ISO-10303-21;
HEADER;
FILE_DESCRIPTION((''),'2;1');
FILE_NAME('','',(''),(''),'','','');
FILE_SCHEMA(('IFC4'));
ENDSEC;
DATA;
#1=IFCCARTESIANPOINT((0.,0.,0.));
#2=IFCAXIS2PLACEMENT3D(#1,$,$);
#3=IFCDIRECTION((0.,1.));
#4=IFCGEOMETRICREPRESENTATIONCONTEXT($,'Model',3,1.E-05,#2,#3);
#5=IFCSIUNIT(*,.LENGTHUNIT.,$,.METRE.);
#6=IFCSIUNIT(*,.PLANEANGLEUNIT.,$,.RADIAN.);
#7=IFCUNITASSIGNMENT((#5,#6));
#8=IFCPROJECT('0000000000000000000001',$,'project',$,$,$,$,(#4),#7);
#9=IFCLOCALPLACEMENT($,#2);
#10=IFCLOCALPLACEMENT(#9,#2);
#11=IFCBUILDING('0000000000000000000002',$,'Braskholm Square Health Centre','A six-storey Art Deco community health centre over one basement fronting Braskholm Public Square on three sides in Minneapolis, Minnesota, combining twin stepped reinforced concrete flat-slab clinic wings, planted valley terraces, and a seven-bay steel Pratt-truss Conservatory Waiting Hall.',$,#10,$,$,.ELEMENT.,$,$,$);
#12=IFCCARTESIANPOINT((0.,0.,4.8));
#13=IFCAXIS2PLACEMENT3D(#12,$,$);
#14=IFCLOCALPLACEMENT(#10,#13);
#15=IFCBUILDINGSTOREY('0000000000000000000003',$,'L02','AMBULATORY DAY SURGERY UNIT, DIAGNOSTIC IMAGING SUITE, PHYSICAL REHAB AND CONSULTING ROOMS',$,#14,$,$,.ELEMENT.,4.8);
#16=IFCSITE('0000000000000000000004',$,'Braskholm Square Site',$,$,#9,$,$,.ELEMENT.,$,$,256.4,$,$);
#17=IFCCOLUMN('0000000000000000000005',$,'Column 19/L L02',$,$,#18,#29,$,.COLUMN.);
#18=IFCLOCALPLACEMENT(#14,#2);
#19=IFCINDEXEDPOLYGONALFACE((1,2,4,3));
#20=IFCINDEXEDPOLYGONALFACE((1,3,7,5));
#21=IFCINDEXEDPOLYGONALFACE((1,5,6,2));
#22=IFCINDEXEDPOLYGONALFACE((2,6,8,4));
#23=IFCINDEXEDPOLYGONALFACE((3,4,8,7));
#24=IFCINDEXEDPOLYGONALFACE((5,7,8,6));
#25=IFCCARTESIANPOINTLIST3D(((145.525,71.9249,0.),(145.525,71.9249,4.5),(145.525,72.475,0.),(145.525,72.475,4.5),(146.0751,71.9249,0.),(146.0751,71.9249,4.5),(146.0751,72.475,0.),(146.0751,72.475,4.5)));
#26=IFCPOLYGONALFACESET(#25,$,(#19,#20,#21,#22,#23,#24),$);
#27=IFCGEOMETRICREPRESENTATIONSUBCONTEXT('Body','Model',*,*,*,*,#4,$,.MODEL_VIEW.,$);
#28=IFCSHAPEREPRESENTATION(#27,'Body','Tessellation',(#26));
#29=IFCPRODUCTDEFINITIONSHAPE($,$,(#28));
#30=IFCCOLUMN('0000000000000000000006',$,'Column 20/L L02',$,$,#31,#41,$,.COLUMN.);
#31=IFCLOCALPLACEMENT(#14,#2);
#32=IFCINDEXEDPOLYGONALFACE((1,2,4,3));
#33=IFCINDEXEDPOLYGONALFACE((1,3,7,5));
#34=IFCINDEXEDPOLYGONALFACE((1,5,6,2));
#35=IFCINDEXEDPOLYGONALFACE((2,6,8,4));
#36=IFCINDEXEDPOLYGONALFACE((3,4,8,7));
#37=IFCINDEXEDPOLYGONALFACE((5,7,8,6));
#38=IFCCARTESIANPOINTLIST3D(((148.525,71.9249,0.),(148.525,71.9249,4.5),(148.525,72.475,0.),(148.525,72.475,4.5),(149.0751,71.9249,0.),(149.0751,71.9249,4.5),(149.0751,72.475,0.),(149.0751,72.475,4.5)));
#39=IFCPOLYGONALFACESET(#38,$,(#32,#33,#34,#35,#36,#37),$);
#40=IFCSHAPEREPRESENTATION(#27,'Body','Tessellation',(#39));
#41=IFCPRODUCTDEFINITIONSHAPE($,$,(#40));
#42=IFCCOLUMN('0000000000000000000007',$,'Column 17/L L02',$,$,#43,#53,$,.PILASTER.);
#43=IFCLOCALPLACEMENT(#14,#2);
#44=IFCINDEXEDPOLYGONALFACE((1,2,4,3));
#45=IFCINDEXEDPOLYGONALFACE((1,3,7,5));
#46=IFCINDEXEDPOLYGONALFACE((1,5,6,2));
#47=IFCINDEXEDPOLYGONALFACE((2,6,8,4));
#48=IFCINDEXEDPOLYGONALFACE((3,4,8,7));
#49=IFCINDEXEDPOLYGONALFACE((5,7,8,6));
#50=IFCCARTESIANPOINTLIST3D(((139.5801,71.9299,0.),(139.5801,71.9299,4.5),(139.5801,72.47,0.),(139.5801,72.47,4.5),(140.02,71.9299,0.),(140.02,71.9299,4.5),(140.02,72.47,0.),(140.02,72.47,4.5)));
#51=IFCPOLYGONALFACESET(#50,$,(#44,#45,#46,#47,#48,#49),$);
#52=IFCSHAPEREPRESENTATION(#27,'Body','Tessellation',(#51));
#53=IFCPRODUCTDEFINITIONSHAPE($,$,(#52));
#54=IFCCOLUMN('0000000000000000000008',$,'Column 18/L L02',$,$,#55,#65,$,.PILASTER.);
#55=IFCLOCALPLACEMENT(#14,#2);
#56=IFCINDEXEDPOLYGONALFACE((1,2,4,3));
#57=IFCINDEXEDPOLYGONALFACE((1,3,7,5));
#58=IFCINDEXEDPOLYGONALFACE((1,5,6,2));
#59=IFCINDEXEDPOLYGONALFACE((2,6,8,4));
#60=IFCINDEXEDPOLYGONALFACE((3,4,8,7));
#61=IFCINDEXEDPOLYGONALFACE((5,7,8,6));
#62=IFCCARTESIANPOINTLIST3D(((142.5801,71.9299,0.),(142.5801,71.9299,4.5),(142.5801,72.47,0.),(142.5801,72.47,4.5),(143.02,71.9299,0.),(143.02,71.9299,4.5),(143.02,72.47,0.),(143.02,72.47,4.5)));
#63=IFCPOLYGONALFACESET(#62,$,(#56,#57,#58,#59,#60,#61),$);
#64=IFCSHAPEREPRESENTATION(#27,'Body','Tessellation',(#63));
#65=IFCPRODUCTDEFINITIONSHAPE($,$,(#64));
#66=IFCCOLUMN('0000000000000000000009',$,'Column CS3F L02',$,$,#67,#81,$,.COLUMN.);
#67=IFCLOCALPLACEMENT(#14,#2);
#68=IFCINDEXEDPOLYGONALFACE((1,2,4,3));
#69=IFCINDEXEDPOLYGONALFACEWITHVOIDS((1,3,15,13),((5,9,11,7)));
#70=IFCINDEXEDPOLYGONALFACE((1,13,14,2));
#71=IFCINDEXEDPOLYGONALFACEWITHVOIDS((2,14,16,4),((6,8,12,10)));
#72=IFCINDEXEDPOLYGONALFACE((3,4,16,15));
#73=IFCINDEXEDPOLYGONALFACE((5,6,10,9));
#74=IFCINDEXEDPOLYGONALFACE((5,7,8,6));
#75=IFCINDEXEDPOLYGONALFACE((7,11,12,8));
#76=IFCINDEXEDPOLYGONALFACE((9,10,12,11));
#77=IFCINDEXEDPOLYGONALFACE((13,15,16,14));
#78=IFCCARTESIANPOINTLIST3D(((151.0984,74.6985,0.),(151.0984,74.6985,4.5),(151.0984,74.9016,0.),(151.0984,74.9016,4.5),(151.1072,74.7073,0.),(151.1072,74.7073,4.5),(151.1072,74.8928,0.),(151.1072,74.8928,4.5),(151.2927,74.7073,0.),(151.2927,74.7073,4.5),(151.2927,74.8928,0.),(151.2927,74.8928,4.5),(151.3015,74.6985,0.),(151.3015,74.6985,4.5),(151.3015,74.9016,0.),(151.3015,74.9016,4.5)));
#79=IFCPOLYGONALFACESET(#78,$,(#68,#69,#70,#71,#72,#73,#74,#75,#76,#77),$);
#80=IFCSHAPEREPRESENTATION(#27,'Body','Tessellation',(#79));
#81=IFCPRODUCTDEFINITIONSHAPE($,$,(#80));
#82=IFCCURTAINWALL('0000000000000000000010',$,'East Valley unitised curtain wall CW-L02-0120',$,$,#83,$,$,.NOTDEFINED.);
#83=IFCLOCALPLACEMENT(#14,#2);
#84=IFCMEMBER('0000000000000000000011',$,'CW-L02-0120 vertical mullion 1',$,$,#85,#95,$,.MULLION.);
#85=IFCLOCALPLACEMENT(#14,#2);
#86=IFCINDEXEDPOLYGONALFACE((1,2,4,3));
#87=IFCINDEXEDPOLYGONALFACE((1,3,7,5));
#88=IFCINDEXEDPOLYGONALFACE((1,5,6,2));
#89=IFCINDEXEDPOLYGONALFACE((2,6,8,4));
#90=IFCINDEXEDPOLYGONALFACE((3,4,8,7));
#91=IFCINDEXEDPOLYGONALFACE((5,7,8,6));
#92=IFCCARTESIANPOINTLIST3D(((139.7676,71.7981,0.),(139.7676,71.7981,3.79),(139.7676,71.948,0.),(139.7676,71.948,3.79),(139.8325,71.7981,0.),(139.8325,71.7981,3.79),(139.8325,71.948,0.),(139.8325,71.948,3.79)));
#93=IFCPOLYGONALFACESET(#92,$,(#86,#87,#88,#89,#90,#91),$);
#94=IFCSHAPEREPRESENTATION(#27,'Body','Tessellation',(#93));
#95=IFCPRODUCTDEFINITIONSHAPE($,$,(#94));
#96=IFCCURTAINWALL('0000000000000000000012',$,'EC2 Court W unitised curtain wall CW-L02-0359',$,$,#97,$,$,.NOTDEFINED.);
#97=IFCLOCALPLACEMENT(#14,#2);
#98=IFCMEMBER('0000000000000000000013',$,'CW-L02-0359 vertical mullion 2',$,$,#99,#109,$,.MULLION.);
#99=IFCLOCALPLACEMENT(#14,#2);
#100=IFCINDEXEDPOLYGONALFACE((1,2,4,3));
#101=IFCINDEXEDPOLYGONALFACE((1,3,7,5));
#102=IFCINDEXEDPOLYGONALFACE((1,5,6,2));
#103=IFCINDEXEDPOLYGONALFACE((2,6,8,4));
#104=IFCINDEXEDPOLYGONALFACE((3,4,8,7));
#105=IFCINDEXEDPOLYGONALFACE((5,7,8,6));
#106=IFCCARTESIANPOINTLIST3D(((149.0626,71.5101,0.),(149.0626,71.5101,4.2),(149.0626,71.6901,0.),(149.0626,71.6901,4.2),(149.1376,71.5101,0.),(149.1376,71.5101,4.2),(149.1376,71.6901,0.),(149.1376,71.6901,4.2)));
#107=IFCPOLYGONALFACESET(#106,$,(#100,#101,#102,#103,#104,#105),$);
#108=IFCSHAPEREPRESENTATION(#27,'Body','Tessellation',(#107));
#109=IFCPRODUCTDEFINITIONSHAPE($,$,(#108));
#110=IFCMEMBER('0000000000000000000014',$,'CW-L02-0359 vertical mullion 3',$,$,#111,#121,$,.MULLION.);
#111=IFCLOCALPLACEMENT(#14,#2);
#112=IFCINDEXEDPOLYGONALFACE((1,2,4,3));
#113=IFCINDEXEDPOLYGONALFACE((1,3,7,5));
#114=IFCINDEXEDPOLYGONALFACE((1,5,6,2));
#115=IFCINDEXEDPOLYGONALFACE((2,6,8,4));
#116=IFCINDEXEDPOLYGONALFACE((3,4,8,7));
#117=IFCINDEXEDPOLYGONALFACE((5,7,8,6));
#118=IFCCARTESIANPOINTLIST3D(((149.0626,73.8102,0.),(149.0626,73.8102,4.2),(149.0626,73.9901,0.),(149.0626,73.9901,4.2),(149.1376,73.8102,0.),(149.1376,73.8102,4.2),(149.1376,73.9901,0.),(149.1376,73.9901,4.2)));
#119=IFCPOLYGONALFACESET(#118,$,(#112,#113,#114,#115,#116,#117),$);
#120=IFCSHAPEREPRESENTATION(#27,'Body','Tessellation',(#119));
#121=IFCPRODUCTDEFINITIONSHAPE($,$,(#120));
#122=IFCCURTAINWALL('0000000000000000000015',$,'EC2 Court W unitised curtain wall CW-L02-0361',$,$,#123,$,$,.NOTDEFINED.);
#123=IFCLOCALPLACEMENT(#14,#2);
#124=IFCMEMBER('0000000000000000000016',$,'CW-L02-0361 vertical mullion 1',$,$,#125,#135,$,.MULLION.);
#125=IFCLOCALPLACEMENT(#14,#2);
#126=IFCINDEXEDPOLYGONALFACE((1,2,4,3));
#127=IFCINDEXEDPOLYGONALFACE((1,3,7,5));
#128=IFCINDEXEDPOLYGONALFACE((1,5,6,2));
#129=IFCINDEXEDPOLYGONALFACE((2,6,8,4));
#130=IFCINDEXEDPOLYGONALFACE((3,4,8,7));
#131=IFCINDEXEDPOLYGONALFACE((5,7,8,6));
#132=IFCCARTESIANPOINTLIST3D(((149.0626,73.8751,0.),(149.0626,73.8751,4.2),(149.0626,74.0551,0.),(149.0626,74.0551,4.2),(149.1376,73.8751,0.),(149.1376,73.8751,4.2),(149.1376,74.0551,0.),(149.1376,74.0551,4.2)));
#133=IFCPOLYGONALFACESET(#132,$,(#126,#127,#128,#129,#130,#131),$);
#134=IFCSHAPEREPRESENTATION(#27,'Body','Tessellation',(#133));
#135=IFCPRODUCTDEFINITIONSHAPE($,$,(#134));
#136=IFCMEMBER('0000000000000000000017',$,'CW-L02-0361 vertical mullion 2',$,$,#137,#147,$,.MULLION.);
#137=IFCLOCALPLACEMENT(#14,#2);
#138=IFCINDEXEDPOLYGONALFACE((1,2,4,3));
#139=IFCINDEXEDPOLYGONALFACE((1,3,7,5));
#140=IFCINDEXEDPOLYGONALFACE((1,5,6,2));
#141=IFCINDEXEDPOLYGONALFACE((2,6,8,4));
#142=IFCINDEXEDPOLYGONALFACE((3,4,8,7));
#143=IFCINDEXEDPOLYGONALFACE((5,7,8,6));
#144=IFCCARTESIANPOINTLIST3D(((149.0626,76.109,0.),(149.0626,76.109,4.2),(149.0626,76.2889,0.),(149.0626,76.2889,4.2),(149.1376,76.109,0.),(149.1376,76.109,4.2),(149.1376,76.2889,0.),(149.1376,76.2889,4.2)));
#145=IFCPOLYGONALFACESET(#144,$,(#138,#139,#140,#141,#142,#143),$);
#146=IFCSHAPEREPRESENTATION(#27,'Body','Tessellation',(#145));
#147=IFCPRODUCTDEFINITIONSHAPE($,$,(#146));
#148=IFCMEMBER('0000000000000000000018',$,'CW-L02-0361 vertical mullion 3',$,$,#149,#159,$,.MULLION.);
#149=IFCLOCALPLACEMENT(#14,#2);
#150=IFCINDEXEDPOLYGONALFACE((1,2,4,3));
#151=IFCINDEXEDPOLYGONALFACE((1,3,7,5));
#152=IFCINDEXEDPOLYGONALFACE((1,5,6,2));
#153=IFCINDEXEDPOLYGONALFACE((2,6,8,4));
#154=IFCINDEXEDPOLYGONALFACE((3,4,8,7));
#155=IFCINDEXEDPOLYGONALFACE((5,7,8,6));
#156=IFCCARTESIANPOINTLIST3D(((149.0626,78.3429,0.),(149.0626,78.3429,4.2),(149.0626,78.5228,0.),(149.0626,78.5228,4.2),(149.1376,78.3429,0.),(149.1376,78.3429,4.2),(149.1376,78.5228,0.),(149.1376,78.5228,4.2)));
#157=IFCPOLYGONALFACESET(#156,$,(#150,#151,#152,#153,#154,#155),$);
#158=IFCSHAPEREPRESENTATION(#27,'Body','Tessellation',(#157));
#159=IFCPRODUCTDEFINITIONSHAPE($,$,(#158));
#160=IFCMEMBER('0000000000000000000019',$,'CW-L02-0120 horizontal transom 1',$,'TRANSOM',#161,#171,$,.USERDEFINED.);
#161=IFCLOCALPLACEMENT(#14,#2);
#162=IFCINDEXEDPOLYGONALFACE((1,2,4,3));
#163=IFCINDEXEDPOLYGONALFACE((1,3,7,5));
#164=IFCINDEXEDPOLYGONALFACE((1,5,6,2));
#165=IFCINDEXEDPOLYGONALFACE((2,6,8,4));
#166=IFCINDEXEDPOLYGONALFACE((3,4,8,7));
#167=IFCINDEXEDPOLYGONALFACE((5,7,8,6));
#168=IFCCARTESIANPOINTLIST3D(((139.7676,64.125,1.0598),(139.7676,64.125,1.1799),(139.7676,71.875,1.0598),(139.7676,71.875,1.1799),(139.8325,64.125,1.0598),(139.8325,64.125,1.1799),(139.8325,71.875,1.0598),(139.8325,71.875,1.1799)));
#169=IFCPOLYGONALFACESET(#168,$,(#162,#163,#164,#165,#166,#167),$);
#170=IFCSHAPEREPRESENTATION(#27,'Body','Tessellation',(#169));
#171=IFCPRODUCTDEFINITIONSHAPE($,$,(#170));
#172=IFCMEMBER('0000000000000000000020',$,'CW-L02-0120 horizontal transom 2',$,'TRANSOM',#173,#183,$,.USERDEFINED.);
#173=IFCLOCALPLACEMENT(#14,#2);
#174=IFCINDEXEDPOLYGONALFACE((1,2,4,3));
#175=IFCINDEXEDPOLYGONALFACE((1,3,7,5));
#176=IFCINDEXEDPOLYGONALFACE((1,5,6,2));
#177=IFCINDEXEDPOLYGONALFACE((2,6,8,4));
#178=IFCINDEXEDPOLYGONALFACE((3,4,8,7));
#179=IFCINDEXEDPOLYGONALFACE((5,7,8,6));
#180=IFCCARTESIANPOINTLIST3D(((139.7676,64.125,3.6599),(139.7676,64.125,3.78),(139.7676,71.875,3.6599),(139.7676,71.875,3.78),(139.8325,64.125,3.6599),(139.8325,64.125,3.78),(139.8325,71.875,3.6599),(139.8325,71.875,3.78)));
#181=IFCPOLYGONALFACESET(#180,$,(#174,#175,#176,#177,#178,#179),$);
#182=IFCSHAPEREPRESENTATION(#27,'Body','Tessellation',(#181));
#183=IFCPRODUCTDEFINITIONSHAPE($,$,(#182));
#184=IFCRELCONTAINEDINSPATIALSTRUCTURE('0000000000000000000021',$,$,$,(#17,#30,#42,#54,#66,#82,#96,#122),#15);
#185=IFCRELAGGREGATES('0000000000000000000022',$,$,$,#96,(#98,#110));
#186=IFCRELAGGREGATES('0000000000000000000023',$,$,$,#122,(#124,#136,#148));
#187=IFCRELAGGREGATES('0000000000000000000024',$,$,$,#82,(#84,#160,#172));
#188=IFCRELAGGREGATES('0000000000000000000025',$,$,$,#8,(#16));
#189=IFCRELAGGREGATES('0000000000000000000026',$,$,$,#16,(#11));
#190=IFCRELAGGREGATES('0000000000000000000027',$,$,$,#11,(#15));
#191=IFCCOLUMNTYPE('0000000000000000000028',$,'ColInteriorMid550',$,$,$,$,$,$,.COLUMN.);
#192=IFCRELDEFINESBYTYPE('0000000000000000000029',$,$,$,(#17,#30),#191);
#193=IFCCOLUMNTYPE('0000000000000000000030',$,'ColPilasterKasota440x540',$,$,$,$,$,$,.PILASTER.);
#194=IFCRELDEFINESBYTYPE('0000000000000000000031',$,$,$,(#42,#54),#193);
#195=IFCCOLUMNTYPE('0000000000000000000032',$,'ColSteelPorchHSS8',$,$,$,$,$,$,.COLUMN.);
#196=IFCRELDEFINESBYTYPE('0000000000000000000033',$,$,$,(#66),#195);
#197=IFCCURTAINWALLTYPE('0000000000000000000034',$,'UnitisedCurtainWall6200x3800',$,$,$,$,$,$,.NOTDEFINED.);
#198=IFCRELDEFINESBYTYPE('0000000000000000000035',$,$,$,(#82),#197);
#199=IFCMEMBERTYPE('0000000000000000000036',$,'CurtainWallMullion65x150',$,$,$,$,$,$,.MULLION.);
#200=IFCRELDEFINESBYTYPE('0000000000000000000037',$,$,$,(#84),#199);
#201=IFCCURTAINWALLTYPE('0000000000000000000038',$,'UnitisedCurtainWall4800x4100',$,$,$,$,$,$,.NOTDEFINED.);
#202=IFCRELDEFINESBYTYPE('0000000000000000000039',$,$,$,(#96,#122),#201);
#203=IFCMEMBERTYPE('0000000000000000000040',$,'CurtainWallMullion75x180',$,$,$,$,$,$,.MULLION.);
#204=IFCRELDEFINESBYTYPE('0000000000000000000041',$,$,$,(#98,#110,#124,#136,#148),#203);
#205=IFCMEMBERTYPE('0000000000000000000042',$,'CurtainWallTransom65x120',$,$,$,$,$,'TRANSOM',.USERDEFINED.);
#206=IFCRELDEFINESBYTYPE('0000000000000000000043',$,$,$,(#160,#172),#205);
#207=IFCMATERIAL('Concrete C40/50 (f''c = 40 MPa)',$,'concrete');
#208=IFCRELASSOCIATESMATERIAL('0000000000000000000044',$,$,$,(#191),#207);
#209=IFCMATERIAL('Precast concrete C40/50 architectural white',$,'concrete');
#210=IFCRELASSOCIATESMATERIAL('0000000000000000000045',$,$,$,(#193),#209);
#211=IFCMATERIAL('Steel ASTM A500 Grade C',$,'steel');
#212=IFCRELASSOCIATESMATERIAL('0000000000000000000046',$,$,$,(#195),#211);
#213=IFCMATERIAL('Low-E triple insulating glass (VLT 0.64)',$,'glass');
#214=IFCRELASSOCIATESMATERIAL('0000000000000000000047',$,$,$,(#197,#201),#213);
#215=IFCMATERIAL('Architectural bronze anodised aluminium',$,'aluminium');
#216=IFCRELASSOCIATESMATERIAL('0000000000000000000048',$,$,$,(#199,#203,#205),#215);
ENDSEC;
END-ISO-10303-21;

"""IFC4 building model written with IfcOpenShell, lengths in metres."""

from ifc_helpers import new_model, si_unit, direction, frame, origin, origin_2d, place, context, subcontext, project, spatial, rectangle, hollow_rectangle, extrude, material, material_profile, profile_set, type_object, element, aggregate, save


model = new_model("IFC4")

# Units and contexts
model_context = context("Model", 3, precision=1e-05, world=origin(), true_north=direction((0.0, 1.0)))
body_context = subcontext(model_context, "Body", "Model", "MODEL_VIEW")
ifc_project = project(units=[si_unit("LENGTHUNIT", "METRE"), si_unit("PLANEANGLEUNIT", "RADIAN")], contexts=[model_context])

# Site, building, storey
site_placement = place(None, origin())
site = spatial("IfcSite", under=ifc_project, at=site_placement, Name="Braskholm Square Site", CompositionType="ELEMENT", RefElevation=256.4)
building_placement = place(site_placement, origin())
building = spatial("IfcBuilding", under=site, at=building_placement, Name="Braskholm Square Health Centre", Description="A six-storey Art Deco community health centre over one basement fronting Braskholm Public Square on three sides in Minneapolis, Minnesota, combining twin stepped reinforced concrete flat-slab clinic wings, planted valley terraces, and a seven-bay steel Pratt-truss Conservatory Waiting Hall.", CompositionType="ELEMENT")
storey_placement = place(building_placement, frame((0.0, 0.0, 4.8)))
storey = spatial("IfcBuildingStorey", under=building, at=storey_placement, Name="L02", Description="AMBULATORY DAY SURGERY UNIT, DIAGNOSTIC IMAGING SUITE, PHYSICAL REHAB AND CONSULTING ROOMS", CompositionType="ELEMENT", Elevation=4.8)

# Columns
ifc_material_1 = material(Name="Concrete C40/50 (f'c = 40 MPa)", Category="concrete")
ifc_material_profile_1 = material_profile(ifc_material_1, rectangle(XDim=0.55, YDim=0.55, at=origin_2d()), Name="RC-550X550")
ifc_profile_set_1 = profile_set([ifc_material_profile_1], Name="Concrete C40/50 (f'c = 40 MPa)")
column_type_1 = type_object("IfcColumnType", Name="ColInteriorMid550", PredefinedType="COLUMN", material=ifc_profile_set_1)
for number, where, z_axis, x_axis, name in (
    (1, (145.8, 72.2, 0.0), (0.0, 0.0, 1.0), (1.0, 0.0, 0.0), "Column 19/L L02"),
    (2, (148.8, 72.2, 0.0), (0.0, 0.0, 1.0), (1.0, 0.0, 0.0), "Column 20/L L02"),
):
    element("IfcColumn", number, at=place(storey_placement, frame(where, z_axis=z_axis, x_axis=x_axis)), inside=storey, type_object=column_type_1, Name=name, PredefinedType="COLUMN", context=body_context, shape_type="SweptSolid", body=[
        extrude(rectangle(XDim=0.55, YDim=0.55, at=origin_2d()), origin(), (0.0, 0.0, 1.0), 4.5),
    ])
ifc_material_2 = material(Name="Precast concrete C40/50 architectural white", Category="concrete")
ifc_material_profile_2 = material_profile(ifc_material_2, rectangle(XDim=0.4399, YDim=0.54, at=origin_2d()), Name="RC-440X540")
ifc_profile_set_2 = profile_set([ifc_material_profile_2], Name="Precast concrete C40/50 architectural white")
column_type_2 = type_object("IfcColumnType", Name="ColPilasterKasota440x540", PredefinedType="PILASTER", material=ifc_profile_set_2)
for number, where, z_axis, x_axis, name in (
    (3, (139.8, 72.2, 0.0), (0.0, 0.0, 1.0), (1.0, 0.0, 0.0), "Column 17/L L02"),
    (4, (142.8, 72.2, 0.0), (0.0, 0.0, 1.0), (1.0, 0.0, 0.0), "Column 18/L L02"),
):
    element("IfcColumn", number, at=place(storey_placement, frame(where, z_axis=z_axis, x_axis=x_axis)), inside=storey, type_object=column_type_2, Name=name, PredefinedType="PILASTER", context=body_context, shape_type="SweptSolid", body=[
        extrude(rectangle(XDim=0.4399, YDim=0.54, at=origin_2d()), origin(), (0.0, 0.0, 1.0), 4.5),
    ])
ifc_material_3 = material(Name="Steel ASTM A500 Grade C", Category="steel")
ifc_material_profile_3 = material_profile(ifc_material_3, hollow_rectangle(XDim=0.2031, YDim=0.2031, WallThickness=0.0088, at=origin_2d()), Name="HSS8X8X3/8")
ifc_profile_set_3 = profile_set([ifc_material_profile_3], Name="Steel ASTM A500 Grade C")
column_type_3 = type_object("IfcColumnType", Name="ColSteelPorchHSS8", PredefinedType="COLUMN", material=ifc_profile_set_3)
column_placement = place(storey_placement, frame((151.2, 74.8, 0.0), z_axis=(0.0, 0.0, 1.0), x_axis=(1.0, 0.0, 0.0)))
element("IfcColumn", 5, at=column_placement, inside=storey, type_object=column_type_3, Name="Column CS3F L02", PredefinedType="COLUMN", context=body_context, shape_type="SweptSolid", body=[
    extrude(hollow_rectangle(XDim=0.2031, YDim=0.2031, WallThickness=0.0088, at=origin_2d()), origin(), (0.0, 0.0, 1.0), 4.5),
])

# Curtain wall, member
ifc_material_4 = material(Name="Low-E triple insulating glass (VLT 0.64)", Category="glass")
curtain_wall_type_1 = type_object("IfcCurtainWallType", Name="UnitisedCurtainWall6200x3800", PredefinedType="NOTDEFINED", material=ifc_material_4)
curtain_wall_1_placement = place(storey_placement, origin())
curtain_wall_1 = element("IfcCurtainWall", 6, at=curtain_wall_1_placement, inside=storey, type_object=curtain_wall_type_1, Name="East Valley unitised curtain wall CW-L02-0120", PredefinedType="NOTDEFINED")
ifc_material_5 = material(Name="Architectural bronze anodised aluminium", Category="aluminium")
ifc_material_profile_4 = material_profile(ifc_material_5, rectangle(XDim=0.0649, YDim=0.1499, at=origin_2d()), Name="ALU-65X150")
ifc_profile_set_4 = profile_set([ifc_material_profile_4], Name="Architectural bronze anodised aluminium")
member_type_1 = type_object("IfcMemberType", Name="CurtainWallMullion65x150", PredefinedType="MULLION", material=ifc_profile_set_4)
member_1_placement = place(storey_placement, frame((139.8, 71.873, 0.0), z_axis=(0.0, 0.0, 1.0), x_axis=(1.0, 0.0, 0.0)))
member_1 = element("IfcMember", 7, at=member_1_placement, type_object=member_type_1, Name="CW-L02-0120 vertical mullion 1", PredefinedType="MULLION", context=body_context, shape_type="SweptSolid", body=[
    extrude(rectangle(XDim=0.0649, YDim=0.1499, at=origin_2d()), origin(), (0.0, 0.0, 1.0), 3.79),
])

# Curtain walls, members
curtain_wall_type_2 = type_object("IfcCurtainWallType", Name="UnitisedCurtainWall4800x4100", PredefinedType="NOTDEFINED", material=ifc_material_4)
curtain_wall_2_placement = place(storey_placement, origin())
curtain_wall_2 = element("IfcCurtainWall", 8, at=curtain_wall_2_placement, inside=storey, type_object=curtain_wall_type_2, Name="EC2 Court W unitised curtain wall CW-L02-0359", PredefinedType="NOTDEFINED")
ifc_material_profile_5 = material_profile(ifc_material_5, rectangle(XDim=0.075, YDim=0.1799, at=origin_2d()), Name="ALU-75X180")
ifc_profile_set_5 = profile_set([ifc_material_profile_5], Name="Architectural bronze anodised aluminium")
member_type_2 = type_object("IfcMemberType", Name="CurtainWallMullion75x180", PredefinedType="MULLION", material=ifc_profile_set_5)
member_2_placement = place(storey_placement, frame((149.1001, 71.6001, 0.0), z_axis=(0.0, 0.0, 1.0), x_axis=(1.0, 0.0, 0.0)))
member_2 = element("IfcMember", 9, at=member_2_placement, type_object=member_type_2, Name="CW-L02-0359 vertical mullion 2", PredefinedType="MULLION", context=body_context, shape_type="SweptSolid", body=[
    extrude(rectangle(XDim=0.075, YDim=0.1799, at=origin_2d()), origin(), (0.0, 0.0, 1.0), 4.2),
])
member_3_placement = place(storey_placement, frame((149.1001, 73.9001, 0.0), z_axis=(0.0, 0.0, 1.0), x_axis=(1.0, 0.0, 0.0)))
member_3 = element("IfcMember", 10, at=member_3_placement, type_object=member_type_2, Name="CW-L02-0359 vertical mullion 3", PredefinedType="MULLION", context=body_context, shape_type="SweptSolid", body=[
    extrude(rectangle(XDim=0.075, YDim=0.1799, at=origin_2d()), origin(), (0.0, 0.0, 1.0), 4.2),
])
curtain_wall_3_placement = place(storey_placement, origin())
curtain_wall_3 = element("IfcCurtainWall", 11, at=curtain_wall_3_placement, inside=storey, type_object=curtain_wall_type_2, Name="EC2 Court W unitised curtain wall CW-L02-0361", PredefinedType="NOTDEFINED")
member_4_placement = place(storey_placement, frame((149.1001, 73.9651, 0.0), z_axis=(0.0, 0.0, 1.0), x_axis=(1.0, 0.0, 0.0)))
member_4 = element("IfcMember", 12, at=member_4_placement, type_object=member_type_2, Name="CW-L02-0361 vertical mullion 1", PredefinedType="MULLION", context=body_context, shape_type="SweptSolid", body=[
    extrude(rectangle(XDim=0.075, YDim=0.1799, at=origin_2d()), origin(), (0.0, 0.0, 1.0), 4.2),
])
member_5_placement = place(storey_placement, frame((149.1001, 76.199, 0.0), z_axis=(0.0, 0.0, 1.0), x_axis=(1.0, 0.0, 0.0)))
member_5 = element("IfcMember", 13, at=member_5_placement, type_object=member_type_2, Name="CW-L02-0361 vertical mullion 2", PredefinedType="MULLION", context=body_context, shape_type="SweptSolid", body=[
    extrude(rectangle(XDim=0.075, YDim=0.1799, at=origin_2d()), origin(), (0.0, 0.0, 1.0), 4.2),
])
member_6_placement = place(storey_placement, frame((149.1001, 78.4329, 0.0), z_axis=(0.0, 0.0, 1.0), x_axis=(1.0, 0.0, 0.0)))
member_6 = element("IfcMember", 14, at=member_6_placement, type_object=member_type_2, Name="CW-L02-0361 vertical mullion 3", PredefinedType="MULLION", context=body_context, shape_type="SweptSolid", body=[
    extrude(rectangle(XDim=0.075, YDim=0.1799, at=origin_2d()), origin(), (0.0, 0.0, 1.0), 4.2),
])

# Members
ifc_material_profile_6 = material_profile(ifc_material_5, rectangle(XDim=0.0649, YDim=0.1201, at=origin_2d()), Name="ALU-65X120")
ifc_profile_set_6 = profile_set([ifc_material_profile_6], Name="Architectural bronze anodised aluminium")
member_type_3 = type_object("IfcMemberType", Name="CurtainWallTransom65x120", ElementType="TRANSOM", PredefinedType="USERDEFINED", material=ifc_profile_set_6)
member_7_placement = place(storey_placement, frame((139.8, 71.875, 1.1199), z_axis=(0.0, -1.0, 0.0), x_axis=(1.0, 0.0, 0.0)))
member_7 = element("IfcMember", 15, at=member_7_placement, type_object=member_type_3, Name="CW-L02-0120 horizontal transom 1", ObjectType="TRANSOM", PredefinedType="USERDEFINED", context=body_context, shape_type="SweptSolid", body=[
    extrude(rectangle(XDim=0.0649, YDim=0.1201, at=origin_2d()), origin(), (0.0, 0.0, 1.0), 7.75),
])
member_8_placement = place(storey_placement, frame((139.8, 71.875, 3.72), z_axis=(0.0, -1.0, 0.0), x_axis=(1.0, 0.0, 0.0)))
member_8 = element("IfcMember", 16, at=member_8_placement, type_object=member_type_3, Name="CW-L02-0120 horizontal transom 2", ObjectType="TRANSOM", PredefinedType="USERDEFINED", context=body_context, shape_type="SweptSolid", body=[
    extrude(rectangle(XDim=0.0649, YDim=0.1201, at=origin_2d()), origin(), (0.0, 0.0, 1.0), 7.75),
])

aggregate(curtain_wall_2, [member_2, member_3])
aggregate(curtain_wall_3, [member_4, member_5, member_6])
aggregate(curtain_wall_1, [member_1, member_7, member_8])

save(model, "model.ifc")
